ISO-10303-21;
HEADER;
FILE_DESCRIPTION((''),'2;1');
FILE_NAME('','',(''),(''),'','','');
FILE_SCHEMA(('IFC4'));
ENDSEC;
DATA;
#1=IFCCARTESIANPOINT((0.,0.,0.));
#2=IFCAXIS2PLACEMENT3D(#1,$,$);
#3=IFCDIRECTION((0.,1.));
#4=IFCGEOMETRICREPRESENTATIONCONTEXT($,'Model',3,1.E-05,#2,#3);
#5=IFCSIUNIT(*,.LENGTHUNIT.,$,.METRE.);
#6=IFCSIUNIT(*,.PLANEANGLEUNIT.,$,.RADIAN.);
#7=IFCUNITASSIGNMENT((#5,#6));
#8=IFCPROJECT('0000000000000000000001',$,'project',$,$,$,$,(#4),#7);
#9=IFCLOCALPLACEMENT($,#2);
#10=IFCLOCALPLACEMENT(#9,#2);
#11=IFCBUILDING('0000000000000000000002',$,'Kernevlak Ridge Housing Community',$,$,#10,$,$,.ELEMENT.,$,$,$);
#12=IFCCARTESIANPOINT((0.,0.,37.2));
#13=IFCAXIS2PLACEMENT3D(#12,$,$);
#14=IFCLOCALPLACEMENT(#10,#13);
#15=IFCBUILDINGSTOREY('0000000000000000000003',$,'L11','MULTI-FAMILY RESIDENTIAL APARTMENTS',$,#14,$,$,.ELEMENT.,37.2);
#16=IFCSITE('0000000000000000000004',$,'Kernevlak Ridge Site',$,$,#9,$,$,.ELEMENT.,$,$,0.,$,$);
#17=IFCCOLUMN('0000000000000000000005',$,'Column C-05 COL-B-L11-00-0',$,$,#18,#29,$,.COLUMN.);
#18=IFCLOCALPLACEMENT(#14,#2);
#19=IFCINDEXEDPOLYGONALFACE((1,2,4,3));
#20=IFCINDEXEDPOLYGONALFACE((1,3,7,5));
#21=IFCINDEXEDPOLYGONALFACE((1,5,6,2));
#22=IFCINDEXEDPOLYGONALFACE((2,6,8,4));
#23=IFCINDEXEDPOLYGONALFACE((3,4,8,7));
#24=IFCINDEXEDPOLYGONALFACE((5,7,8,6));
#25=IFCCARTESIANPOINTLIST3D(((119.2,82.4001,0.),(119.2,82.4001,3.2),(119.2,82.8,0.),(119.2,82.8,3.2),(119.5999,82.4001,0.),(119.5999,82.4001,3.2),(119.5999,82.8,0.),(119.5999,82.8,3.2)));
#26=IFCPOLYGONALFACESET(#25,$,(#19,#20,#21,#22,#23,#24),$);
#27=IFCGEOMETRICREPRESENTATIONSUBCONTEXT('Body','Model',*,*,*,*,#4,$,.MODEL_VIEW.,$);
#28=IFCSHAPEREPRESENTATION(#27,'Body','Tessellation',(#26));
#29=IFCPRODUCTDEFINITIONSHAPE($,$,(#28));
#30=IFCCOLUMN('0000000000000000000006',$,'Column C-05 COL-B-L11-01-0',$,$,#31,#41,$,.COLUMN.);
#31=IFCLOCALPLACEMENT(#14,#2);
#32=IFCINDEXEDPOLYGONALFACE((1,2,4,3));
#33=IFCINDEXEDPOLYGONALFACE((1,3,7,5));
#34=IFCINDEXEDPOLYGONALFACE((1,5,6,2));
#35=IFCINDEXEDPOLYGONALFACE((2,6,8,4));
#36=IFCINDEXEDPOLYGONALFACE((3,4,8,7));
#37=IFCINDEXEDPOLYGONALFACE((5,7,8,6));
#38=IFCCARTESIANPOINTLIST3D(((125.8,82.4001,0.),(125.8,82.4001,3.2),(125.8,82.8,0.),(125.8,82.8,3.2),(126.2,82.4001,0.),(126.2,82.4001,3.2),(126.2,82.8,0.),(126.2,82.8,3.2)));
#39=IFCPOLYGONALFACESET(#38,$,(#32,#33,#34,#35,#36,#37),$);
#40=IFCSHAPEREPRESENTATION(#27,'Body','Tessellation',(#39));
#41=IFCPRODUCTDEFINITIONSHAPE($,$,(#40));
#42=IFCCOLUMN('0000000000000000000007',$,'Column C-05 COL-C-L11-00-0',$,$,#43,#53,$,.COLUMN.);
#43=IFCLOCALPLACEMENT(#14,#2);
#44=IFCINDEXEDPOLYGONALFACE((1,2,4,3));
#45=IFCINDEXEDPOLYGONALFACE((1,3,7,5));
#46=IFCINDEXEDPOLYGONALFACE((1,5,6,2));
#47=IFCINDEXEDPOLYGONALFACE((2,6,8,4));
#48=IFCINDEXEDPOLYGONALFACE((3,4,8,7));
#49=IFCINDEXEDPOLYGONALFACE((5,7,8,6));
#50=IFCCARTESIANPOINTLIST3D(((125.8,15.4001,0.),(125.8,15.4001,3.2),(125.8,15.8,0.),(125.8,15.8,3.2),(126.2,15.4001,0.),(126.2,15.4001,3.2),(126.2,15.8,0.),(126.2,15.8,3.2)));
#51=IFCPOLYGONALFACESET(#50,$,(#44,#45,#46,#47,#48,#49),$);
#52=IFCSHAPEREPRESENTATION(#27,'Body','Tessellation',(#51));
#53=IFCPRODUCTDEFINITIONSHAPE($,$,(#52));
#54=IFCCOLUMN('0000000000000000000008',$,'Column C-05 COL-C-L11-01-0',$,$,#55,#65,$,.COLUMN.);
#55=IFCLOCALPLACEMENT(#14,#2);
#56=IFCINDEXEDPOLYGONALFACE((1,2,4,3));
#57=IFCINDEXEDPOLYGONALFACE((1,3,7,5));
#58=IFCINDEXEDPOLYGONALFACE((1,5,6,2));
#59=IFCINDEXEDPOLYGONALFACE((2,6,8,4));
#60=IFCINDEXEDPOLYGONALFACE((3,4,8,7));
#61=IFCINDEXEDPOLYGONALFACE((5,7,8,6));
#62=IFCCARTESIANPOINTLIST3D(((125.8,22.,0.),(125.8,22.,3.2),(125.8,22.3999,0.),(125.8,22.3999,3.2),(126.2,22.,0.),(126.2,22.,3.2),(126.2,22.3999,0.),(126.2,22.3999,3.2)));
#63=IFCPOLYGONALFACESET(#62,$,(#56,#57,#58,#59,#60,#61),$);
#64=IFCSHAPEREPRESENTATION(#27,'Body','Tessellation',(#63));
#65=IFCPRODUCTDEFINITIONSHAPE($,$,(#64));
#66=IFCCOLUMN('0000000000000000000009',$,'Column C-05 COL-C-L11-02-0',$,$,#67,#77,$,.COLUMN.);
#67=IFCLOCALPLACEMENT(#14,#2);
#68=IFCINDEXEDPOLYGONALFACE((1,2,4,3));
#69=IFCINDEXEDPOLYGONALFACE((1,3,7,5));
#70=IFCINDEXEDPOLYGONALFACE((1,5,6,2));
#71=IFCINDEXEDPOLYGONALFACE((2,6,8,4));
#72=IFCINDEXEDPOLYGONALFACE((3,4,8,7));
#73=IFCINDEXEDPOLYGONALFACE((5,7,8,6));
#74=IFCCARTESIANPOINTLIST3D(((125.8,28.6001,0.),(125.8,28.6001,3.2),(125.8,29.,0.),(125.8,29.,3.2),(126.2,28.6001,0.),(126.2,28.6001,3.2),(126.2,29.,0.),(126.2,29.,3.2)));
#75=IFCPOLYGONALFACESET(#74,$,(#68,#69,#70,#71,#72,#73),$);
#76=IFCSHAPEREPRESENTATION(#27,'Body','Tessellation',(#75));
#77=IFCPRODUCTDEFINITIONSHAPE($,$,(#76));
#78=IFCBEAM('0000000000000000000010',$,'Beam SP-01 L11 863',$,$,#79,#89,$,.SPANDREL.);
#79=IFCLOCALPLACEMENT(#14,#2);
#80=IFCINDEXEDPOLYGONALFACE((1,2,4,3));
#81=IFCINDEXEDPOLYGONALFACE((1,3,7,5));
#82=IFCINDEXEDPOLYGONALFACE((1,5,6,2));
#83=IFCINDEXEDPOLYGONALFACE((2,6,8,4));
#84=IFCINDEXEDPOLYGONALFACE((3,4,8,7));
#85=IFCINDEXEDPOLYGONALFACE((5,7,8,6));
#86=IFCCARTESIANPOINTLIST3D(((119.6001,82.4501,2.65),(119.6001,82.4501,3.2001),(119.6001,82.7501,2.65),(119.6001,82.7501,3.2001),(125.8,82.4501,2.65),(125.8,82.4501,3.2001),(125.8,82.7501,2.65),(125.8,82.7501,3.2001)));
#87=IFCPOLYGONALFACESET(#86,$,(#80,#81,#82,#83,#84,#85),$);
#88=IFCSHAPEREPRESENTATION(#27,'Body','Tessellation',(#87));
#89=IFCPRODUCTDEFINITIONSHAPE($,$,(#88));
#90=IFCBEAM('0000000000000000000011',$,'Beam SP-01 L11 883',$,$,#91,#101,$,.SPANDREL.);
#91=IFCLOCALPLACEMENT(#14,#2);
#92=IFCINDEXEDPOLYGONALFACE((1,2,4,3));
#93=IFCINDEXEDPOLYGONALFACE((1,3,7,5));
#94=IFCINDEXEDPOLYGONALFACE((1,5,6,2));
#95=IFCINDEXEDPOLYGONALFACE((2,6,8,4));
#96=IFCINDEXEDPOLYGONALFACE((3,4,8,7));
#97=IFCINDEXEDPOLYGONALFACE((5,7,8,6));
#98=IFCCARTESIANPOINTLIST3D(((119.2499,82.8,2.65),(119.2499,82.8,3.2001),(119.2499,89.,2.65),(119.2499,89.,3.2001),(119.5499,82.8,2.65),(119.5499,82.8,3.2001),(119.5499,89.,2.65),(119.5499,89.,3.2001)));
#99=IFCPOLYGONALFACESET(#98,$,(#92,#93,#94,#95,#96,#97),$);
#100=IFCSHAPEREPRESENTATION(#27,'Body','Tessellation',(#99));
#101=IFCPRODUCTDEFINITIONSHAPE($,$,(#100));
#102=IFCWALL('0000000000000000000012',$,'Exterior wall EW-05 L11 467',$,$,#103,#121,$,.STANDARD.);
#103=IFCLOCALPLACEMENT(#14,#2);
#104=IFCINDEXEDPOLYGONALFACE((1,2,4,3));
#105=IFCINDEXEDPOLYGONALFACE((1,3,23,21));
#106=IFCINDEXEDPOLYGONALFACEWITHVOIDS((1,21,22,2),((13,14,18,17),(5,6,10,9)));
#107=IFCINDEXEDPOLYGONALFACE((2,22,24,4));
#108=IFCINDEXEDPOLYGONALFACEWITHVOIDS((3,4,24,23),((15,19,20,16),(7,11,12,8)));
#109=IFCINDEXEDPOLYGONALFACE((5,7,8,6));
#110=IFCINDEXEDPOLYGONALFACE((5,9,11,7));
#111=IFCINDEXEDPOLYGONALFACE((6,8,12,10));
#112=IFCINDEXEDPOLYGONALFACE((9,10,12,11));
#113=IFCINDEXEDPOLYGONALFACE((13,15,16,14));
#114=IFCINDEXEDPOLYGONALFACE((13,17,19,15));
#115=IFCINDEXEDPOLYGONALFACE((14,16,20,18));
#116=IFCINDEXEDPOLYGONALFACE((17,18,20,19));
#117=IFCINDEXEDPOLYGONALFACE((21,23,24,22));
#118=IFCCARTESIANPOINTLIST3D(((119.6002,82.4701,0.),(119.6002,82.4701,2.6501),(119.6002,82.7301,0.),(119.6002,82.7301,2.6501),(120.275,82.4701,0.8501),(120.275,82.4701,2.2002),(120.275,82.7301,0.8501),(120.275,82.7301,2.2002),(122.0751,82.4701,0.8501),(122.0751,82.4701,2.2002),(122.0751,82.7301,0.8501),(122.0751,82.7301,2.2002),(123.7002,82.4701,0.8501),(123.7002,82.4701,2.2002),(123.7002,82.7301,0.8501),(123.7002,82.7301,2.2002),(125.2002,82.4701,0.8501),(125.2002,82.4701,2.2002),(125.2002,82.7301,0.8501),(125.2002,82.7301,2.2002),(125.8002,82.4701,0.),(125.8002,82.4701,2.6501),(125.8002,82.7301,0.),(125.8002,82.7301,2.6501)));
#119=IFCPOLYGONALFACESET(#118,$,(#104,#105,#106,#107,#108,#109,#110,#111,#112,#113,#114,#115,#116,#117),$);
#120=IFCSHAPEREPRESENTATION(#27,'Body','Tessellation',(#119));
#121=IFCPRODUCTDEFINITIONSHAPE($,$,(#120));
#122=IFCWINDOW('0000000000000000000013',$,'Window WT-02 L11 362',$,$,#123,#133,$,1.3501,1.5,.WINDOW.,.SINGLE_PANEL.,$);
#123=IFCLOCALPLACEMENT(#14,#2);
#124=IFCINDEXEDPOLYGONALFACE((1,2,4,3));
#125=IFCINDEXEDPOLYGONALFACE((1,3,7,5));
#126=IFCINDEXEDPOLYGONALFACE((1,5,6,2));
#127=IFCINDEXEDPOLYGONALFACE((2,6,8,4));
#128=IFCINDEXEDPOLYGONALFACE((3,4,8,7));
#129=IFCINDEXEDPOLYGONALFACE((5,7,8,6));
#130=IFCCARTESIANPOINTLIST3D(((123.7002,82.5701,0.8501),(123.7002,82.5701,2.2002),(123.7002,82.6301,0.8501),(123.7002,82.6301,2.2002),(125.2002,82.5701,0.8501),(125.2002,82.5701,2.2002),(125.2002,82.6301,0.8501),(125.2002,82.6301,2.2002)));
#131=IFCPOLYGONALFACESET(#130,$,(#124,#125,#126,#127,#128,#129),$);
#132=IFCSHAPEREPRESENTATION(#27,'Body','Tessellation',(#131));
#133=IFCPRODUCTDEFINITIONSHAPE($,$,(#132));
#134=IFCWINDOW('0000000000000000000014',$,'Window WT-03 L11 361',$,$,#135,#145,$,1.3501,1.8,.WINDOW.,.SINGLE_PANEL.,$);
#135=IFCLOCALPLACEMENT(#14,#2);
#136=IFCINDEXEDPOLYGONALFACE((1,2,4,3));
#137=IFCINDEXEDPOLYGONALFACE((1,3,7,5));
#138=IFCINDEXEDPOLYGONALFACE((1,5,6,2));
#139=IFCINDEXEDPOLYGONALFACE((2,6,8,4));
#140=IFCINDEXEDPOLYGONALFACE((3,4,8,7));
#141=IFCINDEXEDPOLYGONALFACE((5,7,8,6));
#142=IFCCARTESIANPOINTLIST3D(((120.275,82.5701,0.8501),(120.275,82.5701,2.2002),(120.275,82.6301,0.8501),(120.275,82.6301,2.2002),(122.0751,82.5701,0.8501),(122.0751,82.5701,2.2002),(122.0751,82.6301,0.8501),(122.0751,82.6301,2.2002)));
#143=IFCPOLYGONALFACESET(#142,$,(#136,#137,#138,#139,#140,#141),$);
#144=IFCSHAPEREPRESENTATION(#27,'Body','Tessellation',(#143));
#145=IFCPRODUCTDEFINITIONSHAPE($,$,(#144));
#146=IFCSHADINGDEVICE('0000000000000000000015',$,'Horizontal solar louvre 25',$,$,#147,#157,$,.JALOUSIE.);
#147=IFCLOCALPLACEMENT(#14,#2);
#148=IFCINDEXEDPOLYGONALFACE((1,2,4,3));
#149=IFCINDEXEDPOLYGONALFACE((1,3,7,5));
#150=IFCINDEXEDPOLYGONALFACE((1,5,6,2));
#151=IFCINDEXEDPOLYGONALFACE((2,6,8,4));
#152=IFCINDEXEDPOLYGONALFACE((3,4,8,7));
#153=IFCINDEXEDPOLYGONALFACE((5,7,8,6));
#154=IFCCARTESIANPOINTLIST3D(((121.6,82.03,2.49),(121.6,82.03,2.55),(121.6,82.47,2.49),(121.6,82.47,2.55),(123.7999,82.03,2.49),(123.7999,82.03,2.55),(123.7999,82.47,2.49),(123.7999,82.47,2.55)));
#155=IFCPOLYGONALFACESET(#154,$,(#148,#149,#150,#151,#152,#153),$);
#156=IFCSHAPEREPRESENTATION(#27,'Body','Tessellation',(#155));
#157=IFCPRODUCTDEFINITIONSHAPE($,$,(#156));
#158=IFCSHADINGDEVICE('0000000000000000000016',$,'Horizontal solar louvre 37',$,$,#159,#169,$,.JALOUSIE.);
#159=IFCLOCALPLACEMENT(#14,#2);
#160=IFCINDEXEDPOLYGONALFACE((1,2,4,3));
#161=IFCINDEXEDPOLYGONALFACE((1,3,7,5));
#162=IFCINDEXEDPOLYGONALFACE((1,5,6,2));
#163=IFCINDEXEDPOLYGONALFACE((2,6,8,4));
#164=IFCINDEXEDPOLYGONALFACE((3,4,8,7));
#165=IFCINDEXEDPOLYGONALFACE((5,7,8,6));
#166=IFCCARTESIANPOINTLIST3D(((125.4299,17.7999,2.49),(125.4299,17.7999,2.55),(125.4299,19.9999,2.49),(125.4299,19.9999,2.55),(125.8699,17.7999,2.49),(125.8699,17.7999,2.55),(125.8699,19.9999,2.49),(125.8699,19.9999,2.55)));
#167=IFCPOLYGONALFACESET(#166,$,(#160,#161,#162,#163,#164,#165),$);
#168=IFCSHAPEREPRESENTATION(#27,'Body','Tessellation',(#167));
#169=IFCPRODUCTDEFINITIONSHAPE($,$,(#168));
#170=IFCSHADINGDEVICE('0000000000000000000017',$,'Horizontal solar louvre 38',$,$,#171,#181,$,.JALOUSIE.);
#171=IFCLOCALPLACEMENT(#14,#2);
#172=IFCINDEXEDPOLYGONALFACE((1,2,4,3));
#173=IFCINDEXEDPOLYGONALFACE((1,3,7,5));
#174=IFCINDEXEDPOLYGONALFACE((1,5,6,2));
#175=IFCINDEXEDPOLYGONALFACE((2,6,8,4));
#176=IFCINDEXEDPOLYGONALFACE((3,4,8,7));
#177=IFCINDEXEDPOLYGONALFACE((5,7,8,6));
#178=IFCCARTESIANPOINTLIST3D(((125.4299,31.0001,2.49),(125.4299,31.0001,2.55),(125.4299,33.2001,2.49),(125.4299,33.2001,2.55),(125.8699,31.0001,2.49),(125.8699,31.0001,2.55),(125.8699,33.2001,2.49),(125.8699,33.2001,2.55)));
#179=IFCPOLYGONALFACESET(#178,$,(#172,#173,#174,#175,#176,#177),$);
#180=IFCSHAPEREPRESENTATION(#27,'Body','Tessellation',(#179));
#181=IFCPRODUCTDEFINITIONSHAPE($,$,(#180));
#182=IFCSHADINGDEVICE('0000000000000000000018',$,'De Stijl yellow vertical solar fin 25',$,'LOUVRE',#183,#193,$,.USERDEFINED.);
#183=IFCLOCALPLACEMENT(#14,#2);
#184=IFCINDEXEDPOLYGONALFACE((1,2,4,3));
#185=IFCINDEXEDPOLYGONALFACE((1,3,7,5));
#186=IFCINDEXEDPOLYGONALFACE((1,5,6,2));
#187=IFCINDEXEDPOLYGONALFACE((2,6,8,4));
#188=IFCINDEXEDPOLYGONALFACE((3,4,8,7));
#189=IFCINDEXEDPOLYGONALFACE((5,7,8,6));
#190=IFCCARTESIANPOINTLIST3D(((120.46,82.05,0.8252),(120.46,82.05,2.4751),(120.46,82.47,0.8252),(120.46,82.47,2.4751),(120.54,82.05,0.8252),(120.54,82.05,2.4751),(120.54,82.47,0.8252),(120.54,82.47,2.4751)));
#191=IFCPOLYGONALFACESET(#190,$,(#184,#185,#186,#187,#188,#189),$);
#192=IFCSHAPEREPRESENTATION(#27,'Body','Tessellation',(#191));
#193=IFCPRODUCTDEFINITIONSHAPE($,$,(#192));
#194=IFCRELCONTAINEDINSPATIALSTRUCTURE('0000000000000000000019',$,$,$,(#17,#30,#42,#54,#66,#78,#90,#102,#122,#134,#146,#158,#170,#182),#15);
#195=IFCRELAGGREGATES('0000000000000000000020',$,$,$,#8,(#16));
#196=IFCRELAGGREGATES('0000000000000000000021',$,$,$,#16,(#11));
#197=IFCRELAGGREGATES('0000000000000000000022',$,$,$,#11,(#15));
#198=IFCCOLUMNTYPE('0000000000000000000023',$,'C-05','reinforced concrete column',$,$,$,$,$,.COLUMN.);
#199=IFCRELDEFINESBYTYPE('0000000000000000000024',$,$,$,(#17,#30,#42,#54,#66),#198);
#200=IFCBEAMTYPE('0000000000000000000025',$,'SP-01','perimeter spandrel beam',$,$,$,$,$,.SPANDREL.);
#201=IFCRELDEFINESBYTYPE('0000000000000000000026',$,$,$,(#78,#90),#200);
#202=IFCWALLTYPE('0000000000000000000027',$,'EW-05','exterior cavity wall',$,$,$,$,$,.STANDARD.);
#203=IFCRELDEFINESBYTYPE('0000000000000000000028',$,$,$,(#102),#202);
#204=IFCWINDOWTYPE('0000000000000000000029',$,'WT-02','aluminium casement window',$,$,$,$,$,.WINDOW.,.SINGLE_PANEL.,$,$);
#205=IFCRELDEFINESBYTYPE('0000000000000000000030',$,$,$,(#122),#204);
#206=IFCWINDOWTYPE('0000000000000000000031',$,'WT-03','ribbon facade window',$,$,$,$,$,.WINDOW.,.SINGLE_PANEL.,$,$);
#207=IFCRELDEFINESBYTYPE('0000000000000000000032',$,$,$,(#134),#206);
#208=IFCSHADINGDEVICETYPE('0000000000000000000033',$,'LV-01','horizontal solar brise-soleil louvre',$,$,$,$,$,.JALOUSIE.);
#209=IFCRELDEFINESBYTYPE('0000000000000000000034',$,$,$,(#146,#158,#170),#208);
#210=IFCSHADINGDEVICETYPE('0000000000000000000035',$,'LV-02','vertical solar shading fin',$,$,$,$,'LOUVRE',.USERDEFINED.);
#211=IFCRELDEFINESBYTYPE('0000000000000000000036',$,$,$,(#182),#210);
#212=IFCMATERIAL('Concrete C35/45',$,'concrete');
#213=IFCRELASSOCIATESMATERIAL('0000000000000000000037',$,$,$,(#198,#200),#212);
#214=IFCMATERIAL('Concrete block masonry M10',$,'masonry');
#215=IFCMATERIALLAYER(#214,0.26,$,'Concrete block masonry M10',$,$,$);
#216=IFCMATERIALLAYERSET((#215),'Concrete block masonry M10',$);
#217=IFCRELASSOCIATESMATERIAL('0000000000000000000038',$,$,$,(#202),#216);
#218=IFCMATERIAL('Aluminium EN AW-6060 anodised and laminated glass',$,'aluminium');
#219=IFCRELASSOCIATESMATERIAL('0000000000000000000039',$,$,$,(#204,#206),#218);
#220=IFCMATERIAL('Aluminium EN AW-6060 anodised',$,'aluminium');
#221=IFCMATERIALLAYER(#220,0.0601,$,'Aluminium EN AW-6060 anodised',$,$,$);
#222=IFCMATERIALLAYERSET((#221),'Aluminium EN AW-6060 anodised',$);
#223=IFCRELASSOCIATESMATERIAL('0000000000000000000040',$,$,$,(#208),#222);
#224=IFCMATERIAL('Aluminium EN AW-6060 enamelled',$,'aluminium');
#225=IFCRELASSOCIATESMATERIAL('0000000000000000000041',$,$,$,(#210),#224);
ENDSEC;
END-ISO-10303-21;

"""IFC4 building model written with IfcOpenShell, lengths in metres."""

from ifc_helpers import new_model, si_unit, direction, frame, frame_2d, origin, origin_2d, place, context, subcontext, project, spatial, rectangle, extrude, material, layer, layer_set, material_profile, profile_set, type_object, element, fill, save


model = new_model("IFC4")

# Units and contexts
model_context = context("Model", 3, precision=1e-05, world=origin(), true_north=direction((0.0, 1.0)))
body_context = subcontext(model_context, "Body", "Model", "MODEL_VIEW")
ifc_project = project(units=[si_unit("LENGTHUNIT", "METRE"), si_unit("PLANEANGLEUNIT", "RADIAN")], contexts=[model_context])

# Site, building, storey
site_placement = place(None, origin())
site = spatial("IfcSite", under=ifc_project, at=site_placement, Name="Kernevlak Ridge Site", CompositionType="ELEMENT", RefElevation=0.0)
building_placement = place(site_placement, origin())
building = spatial("IfcBuilding", under=site, at=building_placement, Name="Kernevlak Ridge Housing Community", CompositionType="ELEMENT")
storey_placement = place(building_placement, frame((0.0, 0.0, 37.2)))
storey = spatial("IfcBuildingStorey", under=building, at=storey_placement, Name="L11", Description="MULTI-FAMILY RESIDENTIAL APARTMENTS", CompositionType="ELEMENT", Elevation=37.2)

# Columns
ifc_material_1 = material(Name="Concrete C35/45", Category="concrete")
ifc_material_profile_1 = material_profile(ifc_material_1, rectangle(XDim=0.3999, YDim=0.3999, at=origin_2d()), Name="RC 400x400")
ifc_profile_set_1 = profile_set([ifc_material_profile_1], Name="Concrete C35/45")
column_type = type_object("IfcColumnType", Name="C-05", Description="reinforced concrete column", PredefinedType="COLUMN", material=ifc_profile_set_1)
for number, where, z_axis, x_axis, name in (
    (1, (119.3999, 82.6001, 0.0), (0.0, 0.0, 1.0), (1.0, 0.0, 0.0), "Column C-05 COL-B-L11-00-0"),
    (2, (126.0, 82.6001, 0.0), (0.0, 0.0, 1.0), (1.0, 0.0, 0.0), "Column C-05 COL-B-L11-01-0"),
    (3, (126.0, 15.6001, 0.0), (0.0, 0.0, 1.0), (1.0, 0.0, 0.0), "Column C-05 COL-C-L11-00-0"),
    (4, (126.0, 22.2, 0.0), (0.0, 0.0, 1.0), (1.0, 0.0, 0.0), "Column C-05 COL-C-L11-01-0"),
    (5, (126.0, 28.8, 0.0), (0.0, 0.0, 1.0), (1.0, 0.0, 0.0), "Column C-05 COL-C-L11-02-0"),
):
    element("IfcColumn", number, at=place(storey_placement, frame(where, z_axis=z_axis, x_axis=x_axis)), inside=storey, type_object=column_type, Name=name, PredefinedType="COLUMN", context=body_context, shape_type="SweptSolid", body=[
        extrude(rectangle(XDim=0.3999, YDim=0.3999, at=origin_2d()), origin(), (0.0, 0.0, 1.0), 3.2),
    ])

# Beams
ifc_material_profile_2 = material_profile(ifc_material_1, rectangle(XDim=0.3, YDim=0.55, at=origin_2d()), Name="RC 300x550")
ifc_profile_set_2 = profile_set([ifc_material_profile_2], Name="Concrete C35/45")
beam_type = type_object("IfcBeamType", Name="SP-01", Description="perimeter spandrel beam", PredefinedType="SPANDREL", material=ifc_profile_set_2)
for number, where, z_axis, x_axis, name in (
    (6, (119.6001, 82.6001, 2.925), (1.0, 0.0, 0.0), (0.0, 1.0, 0.0), "Beam SP-01 L11 863"),
    (7, (119.3999, 82.8, 2.925), (0.0, 1.0, 0.0), (-1.0, 0.0, 0.0), "Beam SP-01 L11 883"),
):
    element("IfcBeam", number, at=place(storey_placement, frame(where, z_axis=z_axis, x_axis=x_axis)), inside=storey, type_object=beam_type, Name=name, PredefinedType="SPANDREL", context=body_context, shape_type="SweptSolid", body=[
        extrude(rectangle(XDim=0.3, YDim=0.55, at=origin_2d()), origin(), (0.0, 0.0, 1.0), 6.2),
    ])

# Wall, openings, windows
ifc_material_2 = material(Name="Concrete block masonry M10", Category="masonry")
ifc_layer_1 = layer(ifc_material_2, 0.26, Name="Concrete block masonry M10")
ifc_layer_set_1 = layer_set([ifc_layer_1], Name="Concrete block masonry M10")
wall_type = type_object("IfcWallType", Name="EW-05", Description="exterior cavity wall", PredefinedType="STANDARD", material=ifc_layer_set_1)
wall_placement = place(storey_placement, frame((119.6001, 82.6001, 0.0), z_axis=(0.0, 0.0, 1.0), x_axis=(1.0, 0.0, 0.0)))
wall = element("IfcWall", 8, at=wall_placement, inside=storey, type_object=wall_type, Name="Exterior wall EW-05 L11 467", PredefinedType="STANDARD", context=body_context, shape_type="SweptSolid", body=[
    extrude(rectangle(XDim=6.2, YDim=0.26, at=frame_2d((3.1001, 0.0))), origin(), (0.0, 0.0, 1.0), 2.6501),
])
opening_1_placement = place(wall_placement, frame((0.675, 0.0, 0.8501)))
opening_1 = element("IfcOpeningElement", 9, at=opening_1_placement, cuts=wall, PredefinedType="OPENING", context=body_context, shape_type="SweptSolid", body=[
    extrude(rectangle(XDim=1.8, YDim=1.3501, at=frame_2d((0.8999, 0.675))), frame((0.0, 0.1399, 0.0), z_axis=(0.0, -1.0, 0.0), x_axis=(1.0, 0.0, 0.0)), (0.0, 0.0, 1.0), 0.28),
])
opening_2_placement = place(wall_placement, frame((4.1001, 0.0, 0.8501)))
opening_2 = element("IfcOpeningElement", 10, at=opening_2_placement, cuts=wall, PredefinedType="OPENING", context=body_context, shape_type="SweptSolid", body=[
    extrude(rectangle(XDim=1.5, YDim=1.3501, at=frame_2d((0.75, 0.675))), frame((0.0, 0.1399, 0.0), z_axis=(0.0, -1.0, 0.0), x_axis=(1.0, 0.0, 0.0)), (0.0, 0.0, 1.0), 0.28),
])
ifc_material_3 = material(Name="Aluminium EN AW-6060 anodised and laminated glass", Category="aluminium")
window_type_1 = type_object("IfcWindowType", Name="WT-02", Description="aluminium casement window", PartitioningType="SINGLE_PANEL", PredefinedType="WINDOW", material=ifc_material_3)
window_1_placement = place(opening_2_placement, origin())
window_1 = element("IfcWindow", 11, at=window_1_placement, inside=storey, type_object=window_type_1, Name="Window WT-02 L11 362", OverallHeight=1.3501, OverallWidth=1.5, PartitioningType="SINGLE_PANEL", PredefinedType="WINDOW", context=body_context, shape_type="SweptSolid", body=[
    extrude(rectangle(XDim=1.5, YDim=1.3501, at=frame_2d((0.75, 0.675))), frame((0.0, 0.03, 0.0), z_axis=(0.0, -1.0, 0.0), x_axis=(1.0, 0.0, 0.0)), (0.0, 0.0, 1.0), 0.0601),
])
fill(opening_2, window_1)
window_type_2 = type_object("IfcWindowType", Name="WT-03", Description="ribbon facade window", PartitioningType="SINGLE_PANEL", PredefinedType="WINDOW", material=ifc_material_3)
window_2_placement = place(opening_1_placement, origin())
window_2 = element("IfcWindow", 12, at=window_2_placement, inside=storey, type_object=window_type_2, Name="Window WT-03 L11 361", OverallHeight=1.3501, OverallWidth=1.8, PartitioningType="SINGLE_PANEL", PredefinedType="WINDOW", context=body_context, shape_type="SweptSolid", body=[
    extrude(rectangle(XDim=1.8, YDim=1.3501, at=frame_2d((0.8999, 0.675))), frame((0.0, 0.03, 0.0), z_axis=(0.0, -1.0, 0.0), x_axis=(1.0, 0.0, 0.0)), (0.0, 0.0, 1.0), 0.0601),
])
fill(opening_1, window_2)

# Shading devices
ifc_material_4 = material(Name="Aluminium EN AW-6060 anodised", Category="aluminium")
ifc_layer_2 = layer(ifc_material_4, 0.0601, Name="Aluminium EN AW-6060 anodised")
ifc_layer_set_2 = layer_set([ifc_layer_2], Name="Aluminium EN AW-6060 anodised")
shading_device_type_1 = type_object("IfcShadingDeviceType", Name="LV-01", Description="horizontal solar brise-soleil louvre", PredefinedType="JALOUSIE", material=ifc_layer_set_2)
for number, where, z_axis, x_axis, name in (
    (13, (122.7, 82.25, 2.49), (0.0, 0.0, 1.0), (1.0, 0.0, 0.0), "Horizontal solar louvre 25"),
    (14, (125.6499, 18.8999, 2.49), (0.0, 0.0, 1.0), (0.0, 1.0, 0.0), "Horizontal solar louvre 37"),
    (15, (125.6499, 32.1001, 2.49), (0.0, 0.0, 1.0), (0.0, 1.0, 0.0), "Horizontal solar louvre 38"),
):
    element("IfcShadingDevice", number, at=place(storey_placement, frame(where, z_axis=z_axis, x_axis=x_axis)), inside=storey, type_object=shading_device_type_1, Name=name, PredefinedType="JALOUSIE", context=body_context, shape_type="SweptSolid", body=[
        extrude(rectangle(XDim=2.2, YDim=0.4399, at=origin_2d()), origin(), (0.0, 0.0, 1.0), 0.0601),
    ])
ifc_material_5 = material(Name="Aluminium EN AW-6060 enamelled", Category="aluminium")
shading_device_type_2 = type_object("IfcShadingDeviceType", Name="LV-02", Description="vertical solar shading fin", ElementType="LOUVRE", PredefinedType="USERDEFINED", material=ifc_material_5)
for number, where, z_axis, x_axis, name in (
    (16, (120.5, 82.26, 0.8252), (0.0, 0.0, 1.0), (1.0, 0.0, 0.0), "De Stijl yellow vertical solar fin 25"),
):
    element("IfcShadingDevice", number, at=place(storey_placement, frame(where, z_axis=z_axis, x_axis=x_axis)), inside=storey, type_object=shading_device_type_2, Name=name, ObjectType="LOUVRE", PredefinedType="USERDEFINED", context=body_context, shape_type="SweptSolid", body=[
        extrude(rectangle(XDim=0.0801, YDim=0.4199, at=origin_2d()), origin(), (0.0, 0.0, 1.0), 1.6499),
    ])

save(model, "model.ifc")
